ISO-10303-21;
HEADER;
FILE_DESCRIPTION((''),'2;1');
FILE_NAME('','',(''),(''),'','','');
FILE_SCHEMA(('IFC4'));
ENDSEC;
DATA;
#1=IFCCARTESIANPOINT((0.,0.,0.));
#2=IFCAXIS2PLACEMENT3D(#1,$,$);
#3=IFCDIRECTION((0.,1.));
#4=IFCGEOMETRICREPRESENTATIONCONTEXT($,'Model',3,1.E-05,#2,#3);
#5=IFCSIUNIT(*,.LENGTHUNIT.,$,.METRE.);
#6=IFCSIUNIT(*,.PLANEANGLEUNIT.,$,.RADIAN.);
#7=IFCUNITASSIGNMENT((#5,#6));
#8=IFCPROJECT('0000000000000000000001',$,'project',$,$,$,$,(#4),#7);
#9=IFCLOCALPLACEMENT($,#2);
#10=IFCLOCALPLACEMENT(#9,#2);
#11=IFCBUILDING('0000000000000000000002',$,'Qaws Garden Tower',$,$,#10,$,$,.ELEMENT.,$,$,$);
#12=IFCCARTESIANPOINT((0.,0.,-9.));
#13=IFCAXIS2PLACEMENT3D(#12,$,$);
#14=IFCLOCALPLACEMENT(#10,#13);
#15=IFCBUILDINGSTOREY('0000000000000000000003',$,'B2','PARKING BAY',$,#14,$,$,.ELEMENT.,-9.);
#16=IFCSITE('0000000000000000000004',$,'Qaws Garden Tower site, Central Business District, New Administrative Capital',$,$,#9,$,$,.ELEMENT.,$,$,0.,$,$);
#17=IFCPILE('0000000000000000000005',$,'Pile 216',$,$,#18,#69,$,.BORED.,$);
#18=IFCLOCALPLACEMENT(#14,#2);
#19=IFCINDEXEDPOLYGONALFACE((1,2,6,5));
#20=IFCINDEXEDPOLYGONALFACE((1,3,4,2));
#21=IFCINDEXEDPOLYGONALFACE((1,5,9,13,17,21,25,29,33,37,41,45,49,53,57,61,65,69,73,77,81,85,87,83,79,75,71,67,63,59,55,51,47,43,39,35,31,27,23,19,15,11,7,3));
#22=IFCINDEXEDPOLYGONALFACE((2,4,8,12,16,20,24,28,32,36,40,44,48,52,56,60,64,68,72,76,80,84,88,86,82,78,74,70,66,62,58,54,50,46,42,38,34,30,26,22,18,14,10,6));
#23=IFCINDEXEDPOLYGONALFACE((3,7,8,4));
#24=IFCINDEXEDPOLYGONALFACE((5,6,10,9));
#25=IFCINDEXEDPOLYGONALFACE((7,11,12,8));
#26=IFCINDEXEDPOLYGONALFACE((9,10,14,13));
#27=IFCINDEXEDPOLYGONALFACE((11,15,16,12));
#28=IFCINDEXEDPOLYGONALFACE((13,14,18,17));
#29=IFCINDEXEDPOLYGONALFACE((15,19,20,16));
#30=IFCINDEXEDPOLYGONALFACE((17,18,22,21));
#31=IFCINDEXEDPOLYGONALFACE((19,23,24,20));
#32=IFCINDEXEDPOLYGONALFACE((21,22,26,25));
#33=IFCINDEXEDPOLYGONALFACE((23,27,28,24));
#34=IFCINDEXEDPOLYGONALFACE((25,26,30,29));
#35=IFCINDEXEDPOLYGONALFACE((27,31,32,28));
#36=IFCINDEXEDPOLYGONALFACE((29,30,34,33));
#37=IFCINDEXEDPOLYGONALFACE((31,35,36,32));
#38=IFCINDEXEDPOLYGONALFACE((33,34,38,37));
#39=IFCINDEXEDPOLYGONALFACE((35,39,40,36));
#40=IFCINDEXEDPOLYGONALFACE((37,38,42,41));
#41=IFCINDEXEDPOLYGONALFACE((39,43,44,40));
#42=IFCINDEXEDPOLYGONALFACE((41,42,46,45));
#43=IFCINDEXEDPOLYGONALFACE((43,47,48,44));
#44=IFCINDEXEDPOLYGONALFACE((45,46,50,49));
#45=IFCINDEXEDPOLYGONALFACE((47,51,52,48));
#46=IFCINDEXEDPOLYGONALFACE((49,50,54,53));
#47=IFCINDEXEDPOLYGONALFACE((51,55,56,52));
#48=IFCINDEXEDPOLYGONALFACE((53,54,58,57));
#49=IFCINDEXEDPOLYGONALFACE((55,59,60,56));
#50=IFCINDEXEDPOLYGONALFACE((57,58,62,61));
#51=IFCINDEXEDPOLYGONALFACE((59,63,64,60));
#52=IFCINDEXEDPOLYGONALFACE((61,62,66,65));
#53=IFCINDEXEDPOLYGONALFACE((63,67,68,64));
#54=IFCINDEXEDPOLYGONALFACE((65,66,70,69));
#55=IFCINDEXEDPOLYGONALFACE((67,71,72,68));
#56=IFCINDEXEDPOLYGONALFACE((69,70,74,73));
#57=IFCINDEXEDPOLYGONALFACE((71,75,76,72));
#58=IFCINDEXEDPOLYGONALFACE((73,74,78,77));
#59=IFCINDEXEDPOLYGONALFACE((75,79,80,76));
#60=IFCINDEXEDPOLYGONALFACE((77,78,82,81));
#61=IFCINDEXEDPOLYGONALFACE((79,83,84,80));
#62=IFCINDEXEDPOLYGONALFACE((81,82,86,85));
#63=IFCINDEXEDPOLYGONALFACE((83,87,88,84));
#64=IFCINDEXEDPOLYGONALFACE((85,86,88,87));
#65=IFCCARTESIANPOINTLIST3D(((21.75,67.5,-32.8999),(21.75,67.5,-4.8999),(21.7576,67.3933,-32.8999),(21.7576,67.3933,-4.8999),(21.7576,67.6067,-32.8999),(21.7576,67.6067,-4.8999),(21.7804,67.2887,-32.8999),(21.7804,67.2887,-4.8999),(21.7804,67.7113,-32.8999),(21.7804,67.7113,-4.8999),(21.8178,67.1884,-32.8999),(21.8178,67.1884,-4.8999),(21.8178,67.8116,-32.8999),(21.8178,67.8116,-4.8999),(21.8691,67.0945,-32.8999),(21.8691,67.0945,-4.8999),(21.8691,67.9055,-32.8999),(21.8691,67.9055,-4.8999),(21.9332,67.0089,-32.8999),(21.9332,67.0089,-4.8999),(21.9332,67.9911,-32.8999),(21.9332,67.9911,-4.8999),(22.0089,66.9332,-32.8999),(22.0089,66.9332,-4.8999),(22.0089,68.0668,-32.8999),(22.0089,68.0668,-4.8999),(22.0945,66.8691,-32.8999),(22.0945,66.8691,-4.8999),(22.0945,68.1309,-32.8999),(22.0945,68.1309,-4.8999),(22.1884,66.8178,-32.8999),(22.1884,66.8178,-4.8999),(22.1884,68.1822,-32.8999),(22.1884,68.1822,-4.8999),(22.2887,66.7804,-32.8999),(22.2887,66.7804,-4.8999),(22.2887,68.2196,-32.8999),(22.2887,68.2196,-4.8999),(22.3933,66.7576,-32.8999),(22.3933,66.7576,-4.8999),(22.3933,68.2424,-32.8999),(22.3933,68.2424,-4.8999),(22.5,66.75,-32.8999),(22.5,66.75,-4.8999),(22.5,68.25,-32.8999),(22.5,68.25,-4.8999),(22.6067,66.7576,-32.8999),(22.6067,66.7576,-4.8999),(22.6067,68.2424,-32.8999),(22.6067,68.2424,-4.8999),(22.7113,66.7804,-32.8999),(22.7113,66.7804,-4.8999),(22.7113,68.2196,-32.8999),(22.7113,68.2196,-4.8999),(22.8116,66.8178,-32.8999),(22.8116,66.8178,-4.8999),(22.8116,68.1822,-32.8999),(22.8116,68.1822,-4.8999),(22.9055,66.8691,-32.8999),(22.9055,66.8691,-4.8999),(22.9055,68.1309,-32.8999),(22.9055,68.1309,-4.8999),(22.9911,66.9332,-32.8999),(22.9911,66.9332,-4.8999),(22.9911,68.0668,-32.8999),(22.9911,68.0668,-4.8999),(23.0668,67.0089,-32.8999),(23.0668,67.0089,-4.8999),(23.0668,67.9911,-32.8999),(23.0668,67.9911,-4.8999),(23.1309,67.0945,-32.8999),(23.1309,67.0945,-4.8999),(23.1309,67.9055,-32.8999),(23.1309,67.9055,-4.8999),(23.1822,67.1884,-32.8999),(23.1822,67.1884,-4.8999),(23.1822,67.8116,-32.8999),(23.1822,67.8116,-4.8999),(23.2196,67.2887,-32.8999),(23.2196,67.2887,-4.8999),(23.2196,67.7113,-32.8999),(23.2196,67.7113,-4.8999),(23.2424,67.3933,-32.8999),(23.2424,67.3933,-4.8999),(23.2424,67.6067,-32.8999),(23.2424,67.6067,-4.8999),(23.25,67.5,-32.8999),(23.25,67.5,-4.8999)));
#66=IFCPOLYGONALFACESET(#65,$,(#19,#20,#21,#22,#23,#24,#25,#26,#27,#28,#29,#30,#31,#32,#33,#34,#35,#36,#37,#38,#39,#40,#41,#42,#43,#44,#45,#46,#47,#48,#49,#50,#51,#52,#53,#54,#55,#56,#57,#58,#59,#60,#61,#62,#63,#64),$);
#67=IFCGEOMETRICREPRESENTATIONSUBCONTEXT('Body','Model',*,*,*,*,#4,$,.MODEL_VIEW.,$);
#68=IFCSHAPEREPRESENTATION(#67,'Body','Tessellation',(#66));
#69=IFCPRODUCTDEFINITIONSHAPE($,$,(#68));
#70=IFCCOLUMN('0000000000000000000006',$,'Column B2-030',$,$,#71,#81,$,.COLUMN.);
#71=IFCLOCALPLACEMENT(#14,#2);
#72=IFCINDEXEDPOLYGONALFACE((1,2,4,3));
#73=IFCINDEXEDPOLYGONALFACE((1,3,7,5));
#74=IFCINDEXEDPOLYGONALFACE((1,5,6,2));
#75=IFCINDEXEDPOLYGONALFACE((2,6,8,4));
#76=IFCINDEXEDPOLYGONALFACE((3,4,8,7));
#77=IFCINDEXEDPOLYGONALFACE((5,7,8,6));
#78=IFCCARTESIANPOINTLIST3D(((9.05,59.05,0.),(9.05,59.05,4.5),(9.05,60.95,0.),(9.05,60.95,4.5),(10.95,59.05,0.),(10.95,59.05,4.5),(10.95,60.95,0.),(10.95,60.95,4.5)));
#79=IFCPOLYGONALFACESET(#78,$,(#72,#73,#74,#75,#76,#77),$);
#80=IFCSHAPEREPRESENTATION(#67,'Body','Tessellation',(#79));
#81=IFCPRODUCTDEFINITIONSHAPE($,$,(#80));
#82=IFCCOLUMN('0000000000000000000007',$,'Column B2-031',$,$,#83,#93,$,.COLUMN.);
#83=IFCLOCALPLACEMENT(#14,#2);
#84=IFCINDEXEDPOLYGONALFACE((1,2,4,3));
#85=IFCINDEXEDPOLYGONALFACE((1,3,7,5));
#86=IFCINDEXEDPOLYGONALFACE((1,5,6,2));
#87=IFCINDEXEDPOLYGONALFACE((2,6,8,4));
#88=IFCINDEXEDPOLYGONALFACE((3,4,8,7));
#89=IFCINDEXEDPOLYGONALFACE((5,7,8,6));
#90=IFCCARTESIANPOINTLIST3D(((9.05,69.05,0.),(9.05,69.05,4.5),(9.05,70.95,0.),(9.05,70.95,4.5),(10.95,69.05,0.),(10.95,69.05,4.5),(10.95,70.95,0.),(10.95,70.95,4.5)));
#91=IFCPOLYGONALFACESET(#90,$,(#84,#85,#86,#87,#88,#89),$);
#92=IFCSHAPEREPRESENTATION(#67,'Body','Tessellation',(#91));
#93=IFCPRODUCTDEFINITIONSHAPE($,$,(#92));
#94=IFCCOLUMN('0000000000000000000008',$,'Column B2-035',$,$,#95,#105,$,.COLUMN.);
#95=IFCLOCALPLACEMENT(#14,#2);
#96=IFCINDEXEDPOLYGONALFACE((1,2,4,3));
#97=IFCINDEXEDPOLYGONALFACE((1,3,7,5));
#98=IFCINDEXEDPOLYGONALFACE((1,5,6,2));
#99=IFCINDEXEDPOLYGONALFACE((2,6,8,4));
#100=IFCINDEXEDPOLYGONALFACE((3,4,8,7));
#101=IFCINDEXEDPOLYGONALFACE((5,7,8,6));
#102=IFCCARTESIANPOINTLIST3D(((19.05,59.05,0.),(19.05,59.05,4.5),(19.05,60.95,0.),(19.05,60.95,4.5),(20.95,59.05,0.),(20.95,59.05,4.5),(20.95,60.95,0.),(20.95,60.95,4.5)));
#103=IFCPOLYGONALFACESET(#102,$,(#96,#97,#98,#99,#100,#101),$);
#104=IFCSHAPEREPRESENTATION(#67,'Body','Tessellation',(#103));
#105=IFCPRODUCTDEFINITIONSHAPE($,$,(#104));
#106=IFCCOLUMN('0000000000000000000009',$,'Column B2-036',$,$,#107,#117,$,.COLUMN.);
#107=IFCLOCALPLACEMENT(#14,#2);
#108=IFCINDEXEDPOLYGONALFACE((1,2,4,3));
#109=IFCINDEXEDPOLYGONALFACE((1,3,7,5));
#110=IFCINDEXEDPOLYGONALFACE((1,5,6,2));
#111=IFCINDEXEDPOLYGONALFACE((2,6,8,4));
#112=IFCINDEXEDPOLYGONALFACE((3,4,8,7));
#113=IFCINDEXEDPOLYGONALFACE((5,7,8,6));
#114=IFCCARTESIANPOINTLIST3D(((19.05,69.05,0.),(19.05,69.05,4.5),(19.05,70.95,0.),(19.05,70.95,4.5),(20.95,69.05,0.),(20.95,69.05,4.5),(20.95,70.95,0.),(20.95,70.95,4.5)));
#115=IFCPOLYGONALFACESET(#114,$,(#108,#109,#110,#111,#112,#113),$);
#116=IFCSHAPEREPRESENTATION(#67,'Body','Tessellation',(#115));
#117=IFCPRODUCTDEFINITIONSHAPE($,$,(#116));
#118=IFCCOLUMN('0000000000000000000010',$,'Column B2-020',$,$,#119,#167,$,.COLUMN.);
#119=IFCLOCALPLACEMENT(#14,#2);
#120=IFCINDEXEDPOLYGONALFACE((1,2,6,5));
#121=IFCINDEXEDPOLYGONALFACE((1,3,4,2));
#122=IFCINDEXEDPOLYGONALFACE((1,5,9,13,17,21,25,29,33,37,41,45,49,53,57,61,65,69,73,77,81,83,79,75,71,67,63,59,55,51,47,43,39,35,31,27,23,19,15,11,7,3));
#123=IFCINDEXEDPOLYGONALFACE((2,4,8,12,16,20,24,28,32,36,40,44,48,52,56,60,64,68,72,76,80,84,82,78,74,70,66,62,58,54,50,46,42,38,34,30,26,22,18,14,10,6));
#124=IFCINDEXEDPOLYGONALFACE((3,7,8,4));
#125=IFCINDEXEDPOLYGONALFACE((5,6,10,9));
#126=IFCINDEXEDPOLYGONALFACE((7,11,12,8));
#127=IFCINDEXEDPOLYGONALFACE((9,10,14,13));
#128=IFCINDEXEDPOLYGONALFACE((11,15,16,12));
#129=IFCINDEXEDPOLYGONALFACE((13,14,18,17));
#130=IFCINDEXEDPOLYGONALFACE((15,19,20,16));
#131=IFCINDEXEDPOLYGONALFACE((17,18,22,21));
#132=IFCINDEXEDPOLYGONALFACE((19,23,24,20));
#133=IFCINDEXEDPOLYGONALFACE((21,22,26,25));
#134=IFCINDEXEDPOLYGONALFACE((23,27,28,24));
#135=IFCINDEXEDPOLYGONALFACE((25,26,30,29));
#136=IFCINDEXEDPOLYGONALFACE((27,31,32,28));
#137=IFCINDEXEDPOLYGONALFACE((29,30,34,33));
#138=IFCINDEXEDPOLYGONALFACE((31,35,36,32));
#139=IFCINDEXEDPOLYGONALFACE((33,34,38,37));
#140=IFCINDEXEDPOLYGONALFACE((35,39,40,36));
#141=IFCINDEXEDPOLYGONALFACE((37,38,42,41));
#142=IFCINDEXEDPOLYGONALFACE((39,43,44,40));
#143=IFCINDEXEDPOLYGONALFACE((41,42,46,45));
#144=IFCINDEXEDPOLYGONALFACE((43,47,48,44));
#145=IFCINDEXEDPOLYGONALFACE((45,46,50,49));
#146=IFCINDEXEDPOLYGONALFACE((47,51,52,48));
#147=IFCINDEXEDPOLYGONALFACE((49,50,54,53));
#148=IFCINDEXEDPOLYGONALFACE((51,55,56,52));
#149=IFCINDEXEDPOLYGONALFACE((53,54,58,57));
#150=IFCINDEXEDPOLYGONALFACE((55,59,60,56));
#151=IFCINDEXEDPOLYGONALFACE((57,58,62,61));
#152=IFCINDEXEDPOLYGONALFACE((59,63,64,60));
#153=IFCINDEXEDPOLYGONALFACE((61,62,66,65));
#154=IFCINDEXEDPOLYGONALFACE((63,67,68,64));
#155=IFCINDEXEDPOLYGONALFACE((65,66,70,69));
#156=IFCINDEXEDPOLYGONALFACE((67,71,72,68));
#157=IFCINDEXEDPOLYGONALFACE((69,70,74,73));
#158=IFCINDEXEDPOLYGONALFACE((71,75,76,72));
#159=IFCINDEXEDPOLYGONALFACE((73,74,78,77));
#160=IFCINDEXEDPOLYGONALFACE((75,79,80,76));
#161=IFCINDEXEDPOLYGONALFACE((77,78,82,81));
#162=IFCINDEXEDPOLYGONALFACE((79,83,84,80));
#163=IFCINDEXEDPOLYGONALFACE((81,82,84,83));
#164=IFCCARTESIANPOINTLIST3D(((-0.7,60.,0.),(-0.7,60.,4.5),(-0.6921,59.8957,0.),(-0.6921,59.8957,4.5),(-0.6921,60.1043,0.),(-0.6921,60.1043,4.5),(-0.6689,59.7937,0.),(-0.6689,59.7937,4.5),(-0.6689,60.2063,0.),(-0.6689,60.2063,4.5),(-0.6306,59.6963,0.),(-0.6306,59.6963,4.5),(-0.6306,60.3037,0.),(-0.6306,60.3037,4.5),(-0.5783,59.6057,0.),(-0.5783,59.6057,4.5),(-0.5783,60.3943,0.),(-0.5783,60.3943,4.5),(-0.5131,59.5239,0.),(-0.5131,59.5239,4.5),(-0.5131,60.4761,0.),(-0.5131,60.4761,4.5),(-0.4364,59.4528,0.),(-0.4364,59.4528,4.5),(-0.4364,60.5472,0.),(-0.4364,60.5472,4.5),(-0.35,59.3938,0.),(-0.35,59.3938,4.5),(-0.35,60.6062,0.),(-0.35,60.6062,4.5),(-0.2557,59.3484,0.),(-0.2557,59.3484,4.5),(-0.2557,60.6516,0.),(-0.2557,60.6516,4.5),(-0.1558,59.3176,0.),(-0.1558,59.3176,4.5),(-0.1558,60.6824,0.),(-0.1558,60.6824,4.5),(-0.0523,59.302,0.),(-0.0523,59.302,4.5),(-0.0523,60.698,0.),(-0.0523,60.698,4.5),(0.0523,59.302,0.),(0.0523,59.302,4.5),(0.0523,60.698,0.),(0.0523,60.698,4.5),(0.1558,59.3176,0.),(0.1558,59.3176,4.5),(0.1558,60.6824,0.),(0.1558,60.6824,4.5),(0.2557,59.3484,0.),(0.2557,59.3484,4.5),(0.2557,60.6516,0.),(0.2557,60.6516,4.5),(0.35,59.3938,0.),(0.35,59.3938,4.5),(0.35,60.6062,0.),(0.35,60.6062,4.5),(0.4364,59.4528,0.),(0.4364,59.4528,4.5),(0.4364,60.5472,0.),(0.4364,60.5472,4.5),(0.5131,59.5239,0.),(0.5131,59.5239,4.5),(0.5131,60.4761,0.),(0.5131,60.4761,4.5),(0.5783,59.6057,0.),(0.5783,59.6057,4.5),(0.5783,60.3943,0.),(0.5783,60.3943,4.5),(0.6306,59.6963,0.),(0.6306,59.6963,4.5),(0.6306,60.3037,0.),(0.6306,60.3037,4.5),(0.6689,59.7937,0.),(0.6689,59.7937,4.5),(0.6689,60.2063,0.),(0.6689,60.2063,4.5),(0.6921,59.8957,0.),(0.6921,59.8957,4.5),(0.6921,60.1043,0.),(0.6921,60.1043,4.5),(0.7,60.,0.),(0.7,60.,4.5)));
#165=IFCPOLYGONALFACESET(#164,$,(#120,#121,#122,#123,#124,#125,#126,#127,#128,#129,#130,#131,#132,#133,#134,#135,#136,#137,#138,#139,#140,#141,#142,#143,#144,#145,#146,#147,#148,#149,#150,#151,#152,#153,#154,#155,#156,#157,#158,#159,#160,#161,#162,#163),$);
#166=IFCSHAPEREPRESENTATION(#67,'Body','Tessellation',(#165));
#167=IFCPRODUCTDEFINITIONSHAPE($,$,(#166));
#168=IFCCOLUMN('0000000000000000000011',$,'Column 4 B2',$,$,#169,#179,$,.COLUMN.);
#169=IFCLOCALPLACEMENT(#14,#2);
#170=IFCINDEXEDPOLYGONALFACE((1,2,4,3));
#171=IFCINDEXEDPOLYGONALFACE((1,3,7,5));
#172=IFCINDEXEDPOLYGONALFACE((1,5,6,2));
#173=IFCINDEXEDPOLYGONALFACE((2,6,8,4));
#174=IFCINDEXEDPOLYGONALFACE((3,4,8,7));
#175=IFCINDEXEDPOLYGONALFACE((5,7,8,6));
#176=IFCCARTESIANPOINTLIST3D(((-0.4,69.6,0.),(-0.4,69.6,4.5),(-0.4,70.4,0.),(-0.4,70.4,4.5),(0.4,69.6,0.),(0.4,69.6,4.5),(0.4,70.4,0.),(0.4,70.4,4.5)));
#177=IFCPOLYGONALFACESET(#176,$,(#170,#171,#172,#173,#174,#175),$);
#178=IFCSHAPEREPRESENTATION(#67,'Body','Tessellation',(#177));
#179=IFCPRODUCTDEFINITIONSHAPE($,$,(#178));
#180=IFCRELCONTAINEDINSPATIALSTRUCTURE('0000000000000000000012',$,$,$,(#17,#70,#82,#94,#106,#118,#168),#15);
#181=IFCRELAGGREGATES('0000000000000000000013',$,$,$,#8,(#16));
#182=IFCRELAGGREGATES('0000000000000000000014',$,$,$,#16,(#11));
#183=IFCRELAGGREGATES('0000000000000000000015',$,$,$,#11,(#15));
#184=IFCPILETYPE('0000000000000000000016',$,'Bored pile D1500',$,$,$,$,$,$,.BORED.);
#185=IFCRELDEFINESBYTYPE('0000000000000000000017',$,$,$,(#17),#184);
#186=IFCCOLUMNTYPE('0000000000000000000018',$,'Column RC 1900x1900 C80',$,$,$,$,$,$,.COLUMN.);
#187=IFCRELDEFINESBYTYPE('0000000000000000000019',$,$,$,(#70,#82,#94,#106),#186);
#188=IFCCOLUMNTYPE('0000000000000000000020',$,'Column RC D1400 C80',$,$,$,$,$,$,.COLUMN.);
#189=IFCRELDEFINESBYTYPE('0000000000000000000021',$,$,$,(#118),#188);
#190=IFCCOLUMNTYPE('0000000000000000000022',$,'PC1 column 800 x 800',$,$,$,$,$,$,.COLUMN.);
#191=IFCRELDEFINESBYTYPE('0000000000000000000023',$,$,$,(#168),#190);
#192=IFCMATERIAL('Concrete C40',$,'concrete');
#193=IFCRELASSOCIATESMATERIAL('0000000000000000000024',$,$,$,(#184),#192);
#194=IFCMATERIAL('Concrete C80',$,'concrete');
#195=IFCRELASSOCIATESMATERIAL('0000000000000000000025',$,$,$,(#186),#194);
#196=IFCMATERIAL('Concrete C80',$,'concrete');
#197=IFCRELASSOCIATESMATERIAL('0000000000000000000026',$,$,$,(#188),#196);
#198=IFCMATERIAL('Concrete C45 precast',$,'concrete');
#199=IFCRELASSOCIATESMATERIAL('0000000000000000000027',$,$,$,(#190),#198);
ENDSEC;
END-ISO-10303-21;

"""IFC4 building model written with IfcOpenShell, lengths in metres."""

from ifc_helpers import new_model, si_unit, direction, frame, origin, origin_2d, place, context, subcontext, project, spatial, rectangle, circle, extrude, material, material_profile, profile_set, type_object, element, save


model = new_model("IFC4")

# Units and contexts
model_context = context("Model", 3, precision=1e-05, world=origin(), true_north=direction((0.0, 1.0)))
body_context = subcontext(model_context, "Body", "Model", "MODEL_VIEW")
ifc_project = project(units=[si_unit("LENGTHUNIT", "METRE"), si_unit("PLANEANGLEUNIT", "RADIAN")], contexts=[model_context])

# Site, building, storey
site_placement = place(None, origin())
site = spatial("IfcSite", under=ifc_project, at=site_placement, Name="Qaws Garden Tower site, Central Business District, New Administrative Capital", CompositionType="ELEMENT", RefElevation=0.0)
building_placement = place(site_placement, origin())
building = spatial("IfcBuilding", under=site, at=building_placement, Name="Qaws Garden Tower", CompositionType="ELEMENT")
storey_placement = place(building_placement, frame((0.0, 0.0, -9.0)))
storey = spatial("IfcBuildingStorey", under=building, at=storey_placement, Name="B2", Description="PARKING BAY", CompositionType="ELEMENT", Elevation=-9.0)

# Pile
ifc_material_1 = material(Name="Concrete C40", Category="concrete")
ifc_material_profile_1 = material_profile(ifc_material_1, circle(Radius=0.75, at=origin_2d()), Name="Bored pile D1500")
ifc_profile_set_1 = profile_set([ifc_material_profile_1], Name="Concrete C40")
pile_type = type_object("IfcPileType", Name="Bored pile D1500", PredefinedType="BORED", material=ifc_profile_set_1)
for number, where, z_axis, x_axis, name in (
    (1, (22.5, 67.5, -4.8999), (0.0, 0.0, -1.0), (1.0, 0.0, 0.0), "Pile 216"),
):
    element("IfcPile", number, at=place(storey_placement, frame(where, z_axis=z_axis, x_axis=x_axis)), inside=storey, type_object=pile_type, Name=name, PredefinedType="BORED", context=body_context, shape_type="SweptSolid", body=[
        extrude(circle(Radius=0.75, at=origin_2d()), origin(), (0.0, 0.0, 1.0), 28.0),
    ])

# Columns
ifc_material_2 = material(Name="Concrete C80", Category="concrete")
ifc_material_profile_2 = material_profile(ifc_material_2, rectangle(XDim=1.8999, YDim=1.8999, at=origin_2d()), Name="RC 1900x1900")
ifc_profile_set_2 = profile_set([ifc_material_profile_2], Name="Concrete C80")
column_type_1 = type_object("IfcColumnType", Name="Column RC 1900x1900 C80", PredefinedType="COLUMN", material=ifc_profile_set_2)
for number, where, z_axis, x_axis, name in (
    (2, (10.0, 60.0, 0.0), (0.0, 0.0, 1.0), (1.0, 0.0, 0.0), "Column B2-030"),
    (3, (10.0, 70.0, 0.0), (0.0, 0.0, 1.0), (1.0, 0.0, 0.0), "Column B2-031"),
    (4, (20.0, 60.0, 0.0), (0.0, 0.0, 1.0), (1.0, 0.0, 0.0), "Column B2-035"),
    (5, (20.0, 70.0, 0.0), (0.0, 0.0, 1.0), (1.0, 0.0, 0.0), "Column B2-036"),
):
    element("IfcColumn", number, at=place(storey_placement, frame(where, z_axis=z_axis, x_axis=x_axis)), inside=storey, type_object=column_type_1, Name=name, PredefinedType="COLUMN", context=body_context, shape_type="SweptSolid", body=[
        extrude(rectangle(XDim=1.8999, YDim=1.8999, at=origin_2d()), origin(), (0.0, 0.0, 1.0), 4.5),
    ])
ifc_material_3 = material(Name="Concrete C80", Category="concrete")
ifc_material_profile_3 = material_profile(ifc_material_3, circle(Radius=0.7, at=origin_2d()), Name="RC D1400")
ifc_profile_set_3 = profile_set([ifc_material_profile_3], Name="Concrete C80")
column_type_2 = type_object("IfcColumnType", Name="Column RC D1400 C80", PredefinedType="COLUMN", material=ifc_profile_set_3)
column_1_placement = place(storey_placement, frame((0.0, 60.0, 0.0), z_axis=(0.0, 0.0, 1.0), x_axis=(1.0, 0.0, 0.0)))
element("IfcColumn", 6, at=column_1_placement, inside=storey, type_object=column_type_2, Name="Column B2-020", PredefinedType="COLUMN", context=body_context, shape_type="SweptSolid", body=[
    extrude(circle(Radius=0.7, at=origin_2d()), origin(), (0.0, 0.0, 1.0), 4.5),
])
ifc_material_4 = material(Name="Concrete C45 precast", Category="concrete")
ifc_material_profile_4 = material_profile(ifc_material_4, rectangle(XDim=0.8, YDim=0.8, at=origin_2d()), Name="PC1 column 800 x 800")
ifc_profile_set_4 = profile_set([ifc_material_profile_4], Name="Concrete C45 precast")
column_type_3 = type_object("IfcColumnType", Name="PC1 column 800 x 800", PredefinedType="COLUMN", material=ifc_profile_set_4)
column_2_placement = place(storey_placement, frame((0.0, 70.0, 0.0), z_axis=(0.0, 0.0, 1.0), x_axis=(1.0, 0.0, 0.0)))
element("IfcColumn", 7, at=column_2_placement, inside=storey, type_object=column_type_3, Name="Column 4 B2", PredefinedType="COLUMN", context=body_context, shape_type="SweptSolid", body=[
    extrude(rectangle(XDim=0.8, YDim=0.8, at=origin_2d()), origin(), (0.0, 0.0, 1.0), 4.5),
])

save(model, "model.ifc")
